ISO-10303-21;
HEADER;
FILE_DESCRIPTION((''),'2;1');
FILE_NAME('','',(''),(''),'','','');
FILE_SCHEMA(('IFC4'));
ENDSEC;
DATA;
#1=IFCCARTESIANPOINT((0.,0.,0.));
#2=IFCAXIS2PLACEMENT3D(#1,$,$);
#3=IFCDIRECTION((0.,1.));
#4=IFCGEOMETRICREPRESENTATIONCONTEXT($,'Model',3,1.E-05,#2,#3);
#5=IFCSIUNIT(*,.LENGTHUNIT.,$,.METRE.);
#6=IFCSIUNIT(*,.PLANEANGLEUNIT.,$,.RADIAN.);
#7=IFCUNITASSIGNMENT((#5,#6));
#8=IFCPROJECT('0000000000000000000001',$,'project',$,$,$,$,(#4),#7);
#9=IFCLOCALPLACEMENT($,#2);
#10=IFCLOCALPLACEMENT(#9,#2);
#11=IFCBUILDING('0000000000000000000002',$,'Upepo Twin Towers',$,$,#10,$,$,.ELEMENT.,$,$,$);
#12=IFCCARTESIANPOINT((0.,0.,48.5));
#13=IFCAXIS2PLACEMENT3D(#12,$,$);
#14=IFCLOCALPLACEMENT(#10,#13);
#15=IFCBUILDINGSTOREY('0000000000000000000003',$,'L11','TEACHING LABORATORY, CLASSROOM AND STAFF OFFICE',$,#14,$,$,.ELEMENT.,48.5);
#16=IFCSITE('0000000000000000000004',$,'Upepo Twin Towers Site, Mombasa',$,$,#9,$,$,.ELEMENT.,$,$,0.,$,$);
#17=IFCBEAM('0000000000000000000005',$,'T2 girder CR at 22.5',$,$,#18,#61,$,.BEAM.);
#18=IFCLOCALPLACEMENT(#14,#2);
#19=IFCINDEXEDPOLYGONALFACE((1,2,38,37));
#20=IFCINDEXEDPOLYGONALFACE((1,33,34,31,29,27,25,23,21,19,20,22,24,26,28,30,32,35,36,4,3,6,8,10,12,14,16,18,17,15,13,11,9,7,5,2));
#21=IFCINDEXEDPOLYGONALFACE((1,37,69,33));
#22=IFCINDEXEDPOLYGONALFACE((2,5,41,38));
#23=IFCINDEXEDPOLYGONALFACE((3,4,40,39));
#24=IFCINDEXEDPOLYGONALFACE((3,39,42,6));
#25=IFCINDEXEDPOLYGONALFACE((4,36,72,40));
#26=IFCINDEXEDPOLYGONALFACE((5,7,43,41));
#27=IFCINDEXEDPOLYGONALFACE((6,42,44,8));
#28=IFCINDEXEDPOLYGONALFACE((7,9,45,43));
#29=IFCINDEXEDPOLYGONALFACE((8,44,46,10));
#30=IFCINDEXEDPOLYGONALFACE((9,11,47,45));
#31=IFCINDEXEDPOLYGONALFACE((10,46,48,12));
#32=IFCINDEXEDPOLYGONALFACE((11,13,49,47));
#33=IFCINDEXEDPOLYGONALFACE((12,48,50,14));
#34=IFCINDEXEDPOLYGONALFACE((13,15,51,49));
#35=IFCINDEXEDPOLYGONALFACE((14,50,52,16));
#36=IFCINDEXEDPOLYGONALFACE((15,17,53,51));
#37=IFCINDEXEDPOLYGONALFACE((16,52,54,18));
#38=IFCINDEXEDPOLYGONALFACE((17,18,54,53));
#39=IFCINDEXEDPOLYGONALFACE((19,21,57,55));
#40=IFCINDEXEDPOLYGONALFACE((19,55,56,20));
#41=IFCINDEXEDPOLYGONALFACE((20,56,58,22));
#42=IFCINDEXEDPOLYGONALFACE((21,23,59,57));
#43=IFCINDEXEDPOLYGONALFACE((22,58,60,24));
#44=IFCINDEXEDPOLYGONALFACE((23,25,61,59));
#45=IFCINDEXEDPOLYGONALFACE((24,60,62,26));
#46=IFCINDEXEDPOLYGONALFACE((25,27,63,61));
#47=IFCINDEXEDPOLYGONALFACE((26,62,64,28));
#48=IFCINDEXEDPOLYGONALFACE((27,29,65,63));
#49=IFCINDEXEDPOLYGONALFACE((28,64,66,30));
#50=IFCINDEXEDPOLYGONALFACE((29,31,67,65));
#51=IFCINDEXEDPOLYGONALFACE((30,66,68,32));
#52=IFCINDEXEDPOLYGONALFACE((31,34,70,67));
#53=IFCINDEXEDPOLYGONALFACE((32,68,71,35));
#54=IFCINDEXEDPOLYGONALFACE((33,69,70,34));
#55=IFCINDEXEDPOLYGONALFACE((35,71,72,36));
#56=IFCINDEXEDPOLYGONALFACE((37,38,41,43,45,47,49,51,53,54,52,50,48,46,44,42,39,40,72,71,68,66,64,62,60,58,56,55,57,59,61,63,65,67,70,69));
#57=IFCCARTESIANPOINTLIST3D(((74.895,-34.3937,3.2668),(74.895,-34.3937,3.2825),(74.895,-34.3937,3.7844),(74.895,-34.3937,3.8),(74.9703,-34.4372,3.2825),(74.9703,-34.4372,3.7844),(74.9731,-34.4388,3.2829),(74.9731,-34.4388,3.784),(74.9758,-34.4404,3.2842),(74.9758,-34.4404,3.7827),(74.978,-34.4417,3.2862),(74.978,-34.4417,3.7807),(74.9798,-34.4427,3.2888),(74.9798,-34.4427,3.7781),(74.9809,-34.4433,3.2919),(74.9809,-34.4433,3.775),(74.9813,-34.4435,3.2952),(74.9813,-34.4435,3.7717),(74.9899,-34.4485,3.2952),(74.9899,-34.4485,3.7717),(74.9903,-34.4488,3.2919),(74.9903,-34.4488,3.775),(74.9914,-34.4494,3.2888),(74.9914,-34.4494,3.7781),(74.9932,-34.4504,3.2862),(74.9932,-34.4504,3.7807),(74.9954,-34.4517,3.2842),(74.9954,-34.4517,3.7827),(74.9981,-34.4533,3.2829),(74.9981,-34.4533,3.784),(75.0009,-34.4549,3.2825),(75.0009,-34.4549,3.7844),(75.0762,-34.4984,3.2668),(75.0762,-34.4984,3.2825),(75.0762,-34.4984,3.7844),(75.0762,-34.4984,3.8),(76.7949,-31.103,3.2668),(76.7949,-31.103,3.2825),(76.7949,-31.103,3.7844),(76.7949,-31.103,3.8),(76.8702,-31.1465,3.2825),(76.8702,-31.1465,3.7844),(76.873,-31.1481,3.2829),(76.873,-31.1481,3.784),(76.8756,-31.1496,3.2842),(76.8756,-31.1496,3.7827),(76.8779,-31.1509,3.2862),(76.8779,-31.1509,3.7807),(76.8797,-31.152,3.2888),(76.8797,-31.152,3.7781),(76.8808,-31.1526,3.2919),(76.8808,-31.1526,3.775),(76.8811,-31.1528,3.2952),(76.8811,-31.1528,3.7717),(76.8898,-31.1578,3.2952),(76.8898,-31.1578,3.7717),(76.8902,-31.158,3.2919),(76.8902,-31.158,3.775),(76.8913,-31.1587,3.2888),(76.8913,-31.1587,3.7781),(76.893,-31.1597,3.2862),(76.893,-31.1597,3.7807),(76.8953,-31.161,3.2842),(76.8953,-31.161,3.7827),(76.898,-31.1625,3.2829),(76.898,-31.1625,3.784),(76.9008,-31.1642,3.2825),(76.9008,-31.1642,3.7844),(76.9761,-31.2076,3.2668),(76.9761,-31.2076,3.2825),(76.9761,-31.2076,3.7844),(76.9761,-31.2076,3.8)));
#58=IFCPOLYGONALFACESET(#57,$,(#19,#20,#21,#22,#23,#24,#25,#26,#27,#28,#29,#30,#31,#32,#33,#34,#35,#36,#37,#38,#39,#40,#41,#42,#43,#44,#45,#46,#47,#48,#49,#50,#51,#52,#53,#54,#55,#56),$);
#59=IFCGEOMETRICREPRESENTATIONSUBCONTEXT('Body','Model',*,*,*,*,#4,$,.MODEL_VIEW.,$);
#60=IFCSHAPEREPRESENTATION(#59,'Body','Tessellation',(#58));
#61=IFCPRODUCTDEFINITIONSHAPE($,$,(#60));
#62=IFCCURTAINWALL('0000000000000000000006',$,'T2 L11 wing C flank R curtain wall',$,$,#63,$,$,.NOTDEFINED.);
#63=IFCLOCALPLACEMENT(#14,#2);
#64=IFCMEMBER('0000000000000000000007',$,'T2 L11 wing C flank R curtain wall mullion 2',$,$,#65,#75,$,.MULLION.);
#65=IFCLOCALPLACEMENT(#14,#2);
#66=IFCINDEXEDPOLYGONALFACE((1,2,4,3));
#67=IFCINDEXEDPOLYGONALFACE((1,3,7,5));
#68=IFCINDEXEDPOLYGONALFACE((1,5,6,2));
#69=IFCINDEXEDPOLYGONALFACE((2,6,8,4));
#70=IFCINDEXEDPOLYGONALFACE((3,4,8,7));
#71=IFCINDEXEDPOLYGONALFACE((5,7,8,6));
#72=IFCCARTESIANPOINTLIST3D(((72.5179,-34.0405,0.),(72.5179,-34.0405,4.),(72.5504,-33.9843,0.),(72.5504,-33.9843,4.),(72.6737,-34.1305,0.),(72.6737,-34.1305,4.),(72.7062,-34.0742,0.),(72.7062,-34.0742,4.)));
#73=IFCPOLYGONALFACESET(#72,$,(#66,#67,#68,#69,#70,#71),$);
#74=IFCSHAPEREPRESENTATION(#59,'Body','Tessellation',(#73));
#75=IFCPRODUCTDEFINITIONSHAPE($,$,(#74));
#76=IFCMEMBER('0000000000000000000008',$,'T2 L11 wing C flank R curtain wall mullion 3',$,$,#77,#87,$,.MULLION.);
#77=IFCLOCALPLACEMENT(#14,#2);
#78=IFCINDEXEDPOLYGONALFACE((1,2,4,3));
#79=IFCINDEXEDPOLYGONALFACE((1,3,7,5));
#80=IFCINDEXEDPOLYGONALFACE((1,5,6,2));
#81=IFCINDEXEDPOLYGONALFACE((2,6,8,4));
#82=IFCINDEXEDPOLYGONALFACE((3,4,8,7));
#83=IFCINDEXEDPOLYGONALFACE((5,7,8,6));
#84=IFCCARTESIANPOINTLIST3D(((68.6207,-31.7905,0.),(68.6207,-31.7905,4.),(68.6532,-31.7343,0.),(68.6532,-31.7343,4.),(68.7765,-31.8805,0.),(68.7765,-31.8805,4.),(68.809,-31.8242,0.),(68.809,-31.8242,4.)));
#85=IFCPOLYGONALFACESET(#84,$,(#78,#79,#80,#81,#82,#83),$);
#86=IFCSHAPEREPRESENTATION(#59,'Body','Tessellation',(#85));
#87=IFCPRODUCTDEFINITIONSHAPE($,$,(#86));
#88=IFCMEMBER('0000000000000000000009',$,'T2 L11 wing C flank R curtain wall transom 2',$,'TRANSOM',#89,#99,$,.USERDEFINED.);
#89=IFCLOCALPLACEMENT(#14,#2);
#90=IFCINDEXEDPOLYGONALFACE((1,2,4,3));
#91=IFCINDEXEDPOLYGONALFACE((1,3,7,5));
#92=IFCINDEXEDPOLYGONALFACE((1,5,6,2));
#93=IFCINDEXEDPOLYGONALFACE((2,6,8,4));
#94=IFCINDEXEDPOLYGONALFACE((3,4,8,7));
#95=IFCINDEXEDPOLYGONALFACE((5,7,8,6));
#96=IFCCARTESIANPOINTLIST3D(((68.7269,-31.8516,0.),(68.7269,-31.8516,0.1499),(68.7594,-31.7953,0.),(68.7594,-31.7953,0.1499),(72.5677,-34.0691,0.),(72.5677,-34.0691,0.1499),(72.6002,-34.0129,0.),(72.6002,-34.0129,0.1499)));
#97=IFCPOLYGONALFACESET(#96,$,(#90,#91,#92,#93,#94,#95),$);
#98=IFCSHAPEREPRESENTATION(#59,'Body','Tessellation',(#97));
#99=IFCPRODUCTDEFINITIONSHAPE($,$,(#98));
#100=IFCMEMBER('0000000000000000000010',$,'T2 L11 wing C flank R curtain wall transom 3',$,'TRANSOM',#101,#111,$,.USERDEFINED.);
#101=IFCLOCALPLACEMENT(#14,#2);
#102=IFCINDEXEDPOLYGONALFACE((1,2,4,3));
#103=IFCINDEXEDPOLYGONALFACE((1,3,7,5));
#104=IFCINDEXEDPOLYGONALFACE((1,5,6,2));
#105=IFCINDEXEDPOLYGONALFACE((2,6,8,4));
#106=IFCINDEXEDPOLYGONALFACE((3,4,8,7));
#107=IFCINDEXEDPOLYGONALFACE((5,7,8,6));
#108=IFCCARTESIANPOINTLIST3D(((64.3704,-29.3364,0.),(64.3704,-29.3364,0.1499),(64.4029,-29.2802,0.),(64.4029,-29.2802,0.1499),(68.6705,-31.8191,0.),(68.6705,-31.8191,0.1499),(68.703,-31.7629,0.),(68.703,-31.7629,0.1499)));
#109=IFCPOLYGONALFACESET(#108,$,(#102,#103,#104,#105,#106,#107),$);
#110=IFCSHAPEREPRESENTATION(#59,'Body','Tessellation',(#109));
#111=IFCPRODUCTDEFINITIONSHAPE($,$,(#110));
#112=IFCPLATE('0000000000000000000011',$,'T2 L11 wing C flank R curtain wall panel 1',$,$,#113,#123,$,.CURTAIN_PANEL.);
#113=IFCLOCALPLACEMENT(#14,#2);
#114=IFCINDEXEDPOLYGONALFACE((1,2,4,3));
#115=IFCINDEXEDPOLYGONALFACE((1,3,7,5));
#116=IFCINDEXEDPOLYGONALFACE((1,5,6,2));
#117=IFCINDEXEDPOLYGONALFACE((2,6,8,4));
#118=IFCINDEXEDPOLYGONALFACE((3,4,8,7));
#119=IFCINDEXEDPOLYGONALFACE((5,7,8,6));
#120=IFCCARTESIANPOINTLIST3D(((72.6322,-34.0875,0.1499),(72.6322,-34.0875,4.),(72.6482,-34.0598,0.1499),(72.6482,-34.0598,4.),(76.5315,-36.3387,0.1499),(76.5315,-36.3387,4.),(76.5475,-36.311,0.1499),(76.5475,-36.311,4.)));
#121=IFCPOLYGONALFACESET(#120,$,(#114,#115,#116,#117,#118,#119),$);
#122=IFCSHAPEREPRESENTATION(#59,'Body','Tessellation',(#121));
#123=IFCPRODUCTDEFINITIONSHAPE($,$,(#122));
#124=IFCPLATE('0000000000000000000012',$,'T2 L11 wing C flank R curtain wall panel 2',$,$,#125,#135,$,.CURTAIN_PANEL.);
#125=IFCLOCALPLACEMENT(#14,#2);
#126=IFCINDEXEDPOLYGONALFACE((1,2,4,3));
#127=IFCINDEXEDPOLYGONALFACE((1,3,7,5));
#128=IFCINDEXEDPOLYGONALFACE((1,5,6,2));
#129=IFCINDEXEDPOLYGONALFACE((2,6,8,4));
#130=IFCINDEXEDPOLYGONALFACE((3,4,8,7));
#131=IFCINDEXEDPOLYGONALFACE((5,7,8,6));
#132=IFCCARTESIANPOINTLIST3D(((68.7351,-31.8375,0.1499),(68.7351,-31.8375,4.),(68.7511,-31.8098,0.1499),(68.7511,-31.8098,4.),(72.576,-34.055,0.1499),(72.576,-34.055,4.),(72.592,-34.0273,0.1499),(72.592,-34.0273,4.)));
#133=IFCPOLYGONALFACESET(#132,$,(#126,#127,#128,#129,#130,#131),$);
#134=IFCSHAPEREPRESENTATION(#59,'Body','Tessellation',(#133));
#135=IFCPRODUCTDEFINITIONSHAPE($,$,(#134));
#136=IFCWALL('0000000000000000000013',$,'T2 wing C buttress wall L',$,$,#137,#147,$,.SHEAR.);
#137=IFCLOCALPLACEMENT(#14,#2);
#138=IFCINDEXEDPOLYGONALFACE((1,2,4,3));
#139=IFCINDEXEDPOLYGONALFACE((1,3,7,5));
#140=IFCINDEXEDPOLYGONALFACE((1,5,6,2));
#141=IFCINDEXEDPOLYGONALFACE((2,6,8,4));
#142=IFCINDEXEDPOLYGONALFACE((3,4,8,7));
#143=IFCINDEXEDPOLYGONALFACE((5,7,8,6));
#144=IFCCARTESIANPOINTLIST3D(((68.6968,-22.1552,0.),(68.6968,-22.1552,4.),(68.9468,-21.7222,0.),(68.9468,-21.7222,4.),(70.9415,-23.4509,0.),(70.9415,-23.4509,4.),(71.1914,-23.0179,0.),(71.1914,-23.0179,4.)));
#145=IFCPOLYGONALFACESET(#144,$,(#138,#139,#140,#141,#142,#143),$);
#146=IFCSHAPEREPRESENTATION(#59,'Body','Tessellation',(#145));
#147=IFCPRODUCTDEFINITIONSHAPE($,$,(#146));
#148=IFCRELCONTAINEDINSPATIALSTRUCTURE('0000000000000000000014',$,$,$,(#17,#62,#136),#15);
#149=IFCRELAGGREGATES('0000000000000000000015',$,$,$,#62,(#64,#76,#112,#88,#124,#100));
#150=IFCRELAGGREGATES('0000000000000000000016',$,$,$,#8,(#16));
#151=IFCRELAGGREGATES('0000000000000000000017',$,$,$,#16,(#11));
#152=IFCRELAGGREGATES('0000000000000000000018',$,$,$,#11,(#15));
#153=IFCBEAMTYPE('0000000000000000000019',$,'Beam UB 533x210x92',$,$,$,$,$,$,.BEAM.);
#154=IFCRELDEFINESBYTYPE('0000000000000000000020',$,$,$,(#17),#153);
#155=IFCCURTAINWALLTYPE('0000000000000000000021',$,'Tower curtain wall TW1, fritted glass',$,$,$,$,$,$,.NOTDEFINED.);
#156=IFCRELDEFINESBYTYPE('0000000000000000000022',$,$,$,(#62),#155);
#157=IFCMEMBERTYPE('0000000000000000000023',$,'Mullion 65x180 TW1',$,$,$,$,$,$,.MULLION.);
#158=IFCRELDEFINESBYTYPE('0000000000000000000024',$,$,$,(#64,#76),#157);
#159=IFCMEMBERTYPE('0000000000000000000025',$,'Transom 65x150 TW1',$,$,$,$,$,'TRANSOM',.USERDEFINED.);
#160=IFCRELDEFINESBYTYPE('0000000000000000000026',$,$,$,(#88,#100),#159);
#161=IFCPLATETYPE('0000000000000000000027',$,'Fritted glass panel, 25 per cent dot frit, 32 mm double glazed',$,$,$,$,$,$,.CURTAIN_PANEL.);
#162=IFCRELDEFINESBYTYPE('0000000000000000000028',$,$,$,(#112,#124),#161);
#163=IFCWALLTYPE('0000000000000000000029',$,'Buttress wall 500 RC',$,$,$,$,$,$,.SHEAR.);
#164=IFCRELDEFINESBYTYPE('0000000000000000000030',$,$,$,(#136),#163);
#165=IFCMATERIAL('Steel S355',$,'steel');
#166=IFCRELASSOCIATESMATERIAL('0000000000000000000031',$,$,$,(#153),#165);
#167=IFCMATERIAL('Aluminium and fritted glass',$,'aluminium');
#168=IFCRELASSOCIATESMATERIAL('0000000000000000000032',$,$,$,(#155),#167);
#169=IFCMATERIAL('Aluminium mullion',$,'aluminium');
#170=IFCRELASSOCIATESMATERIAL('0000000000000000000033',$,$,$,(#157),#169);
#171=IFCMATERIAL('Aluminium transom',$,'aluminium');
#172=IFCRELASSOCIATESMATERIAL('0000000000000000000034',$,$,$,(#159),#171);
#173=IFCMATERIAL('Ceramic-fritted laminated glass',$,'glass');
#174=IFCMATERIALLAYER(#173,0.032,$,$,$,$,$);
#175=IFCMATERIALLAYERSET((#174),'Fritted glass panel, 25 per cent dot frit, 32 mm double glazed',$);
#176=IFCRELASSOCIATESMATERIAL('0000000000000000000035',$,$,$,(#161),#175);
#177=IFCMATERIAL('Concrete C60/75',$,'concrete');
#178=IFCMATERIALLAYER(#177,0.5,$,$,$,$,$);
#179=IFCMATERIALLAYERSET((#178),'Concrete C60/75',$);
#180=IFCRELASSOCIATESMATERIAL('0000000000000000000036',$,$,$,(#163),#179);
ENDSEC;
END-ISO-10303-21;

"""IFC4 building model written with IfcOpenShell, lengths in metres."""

from ifc_helpers import new_model, si_unit, direction, frame, frame_2d, origin, origin_2d, place, context, subcontext, project, spatial, rectangle, i_section, extrude, material, layer, layer_set, material_profile, profile_set, type_object, element, aggregate, save


model = new_model("IFC4")

# Units and contexts
model_context = context("Model", 3, precision=1e-05, world=origin(), true_north=direction((0.0, 1.0)))
body_context = subcontext(model_context, "Body", "Model", "MODEL_VIEW")
ifc_project = project(units=[si_unit("LENGTHUNIT", "METRE"), si_unit("PLANEANGLEUNIT", "RADIAN")], contexts=[model_context])

# Site, building, storey
site_placement = place(None, origin())
site = spatial("IfcSite", under=ifc_project, at=site_placement, Name="Upepo Twin Towers Site, Mombasa", CompositionType="ELEMENT", RefElevation=0.0)
building_placement = place(site_placement, origin())
building = spatial("IfcBuilding", under=site, at=building_placement, Name="Upepo Twin Towers", CompositionType="ELEMENT")
storey_placement = place(building_placement, frame((0.0, 0.0, 48.5)))
storey = spatial("IfcBuildingStorey", under=building, at=storey_placement, Name="L11", Description="TEACHING LABORATORY, CLASSROOM AND STAFF OFFICE", CompositionType="ELEMENT", Elevation=48.5)

# Beam
ifc_material_1 = material(Name="Steel S355", Category="steel")
ifc_material_profile_1 = material_profile(ifc_material_1, i_section(OverallWidth=0.2092, OverallDepth=0.5332, WebThickness=0.01, FlangeThickness=0.0156, FilletRadius=0.0127, at=origin_2d()), Name="UB 533x210x92")
ifc_profile_set_1 = profile_set([ifc_material_profile_1], Name="Steel S355")
beam_type_1 = type_object("IfcBeamType", Name="Beam UB 533x210x92", PredefinedType="BEAM", material=ifc_profile_set_1)
beam_1_placement = place(storey_placement, frame((74.9856, -34.446, 3.5334), z_axis=(0.499995, 0.866028, 0.0), x_axis=(-0.866028, 0.499995, 0.0)))
element("IfcBeam", 1, at=beam_1_placement, inside=storey, type_object=beam_type_1, Name="T2 girder CR at 22.5", PredefinedType="BEAM", context=body_context, shape_type="SweptSolid", body=[
    extrude(i_section(OverallWidth=0.2092, OverallDepth=0.5332, WebThickness=0.01, FlangeThickness=0.0156, FilletRadius=0.0127, at=origin_2d()), origin(), (0.0, 0.0, 1.0), 3.7998),
])

# Curtain wall, members, plates
ifc_material_2 = material(Name="Aluminium and fritted glass", Category="aluminium")
curtain_wall_type = type_object("IfcCurtainWallType", Name="Tower curtain wall TW1, fritted glass", PredefinedType="NOTDEFINED", material=ifc_material_2)
curtain_wall_placement = place(storey_placement, origin())
curtain_wall = element("IfcCurtainWall", 2, at=curtain_wall_placement, inside=storey, type_object=curtain_wall_type, Name="T2 L11 wing C flank R curtain wall", PredefinedType="NOTDEFINED")
ifc_material_3 = material(Name="Aluminium mullion", Category="aluminium")
ifc_material_profile_2 = material_profile(ifc_material_3, rectangle(XDim=0.0649, YDim=0.1799, at=origin_2d()), Name="MULLION 65x180")
ifc_profile_set_2 = profile_set([ifc_material_profile_2], Name="Aluminium mullion")
member_type_1 = type_object("IfcMemberType", Name="Mullion 65x180 TW1", PredefinedType="MULLION", material=ifc_profile_set_2)
member_1_placement = place(storey_placement, frame((72.6121, -34.0574, 0.0), z_axis=(0.0, 0.0, 1.0), x_axis=(-0.5, -0.866025, 0.0)))
member_1 = element("IfcMember", 3, at=member_1_placement, type_object=member_type_1, Name="T2 L11 wing C flank R curtain wall mullion 2", PredefinedType="MULLION", context=body_context, shape_type="SweptSolid", body=[
    extrude(rectangle(XDim=0.0649, YDim=0.1799, at=origin_2d()), origin(), (0.0, 0.0, 1.0), 4.0),
])
member_2_placement = place(storey_placement, frame((68.7148, -31.8074, 0.0), z_axis=(0.0, 0.0, 1.0), x_axis=(-0.5, -0.866025, 0.0)))
member_2 = element("IfcMember", 4, at=member_2_placement, type_object=member_type_1, Name="T2 L11 wing C flank R curtain wall mullion 3", PredefinedType="MULLION", context=body_context, shape_type="SweptSolid", body=[
    extrude(rectangle(XDim=0.0649, YDim=0.1799, at=origin_2d()), origin(), (0.0, 0.0, 1.0), 4.0),
])
ifc_material_4 = material(Name="Aluminium transom", Category="aluminium")
ifc_material_profile_3 = material_profile(ifc_material_4, rectangle(XDim=0.0649, YDim=0.1499, at=origin_2d()), Name="TRANSOM 65x150")
ifc_profile_set_3 = profile_set([ifc_material_profile_3], Name="Aluminium transom")
member_type_2 = type_object("IfcMemberType", Name="Transom 65x150 TW1", ElementType="TRANSOM", PredefinedType="USERDEFINED", material=ifc_profile_set_3)
member_3_placement = place(storey_placement, frame((72.584, -34.041, 0.075), z_axis=(-0.866022, 0.500005, 0.0), x_axis=(-0.500005, -0.866022, 0.0)))
member_3 = element("IfcMember", 5, at=member_3_placement, type_object=member_type_2, Name="T2 L11 wing C flank R curtain wall transom 2", ObjectType="TRANSOM", PredefinedType="USERDEFINED", context=body_context, shape_type="SweptSolid", body=[
    extrude(rectangle(XDim=0.0649, YDim=0.1499, at=origin_2d()), origin(), (0.0, 0.0, 1.0), 4.4351),
])
member_4_placement = place(storey_placement, frame((68.6868, -31.791, 0.075), z_axis=(-0.866023, 0.500005, 0.0), x_axis=(-0.500005, -0.866023, 0.0)))
member_4 = element("IfcMember", 6, at=member_4_placement, type_object=member_type_2, Name="T2 L11 wing C flank R curtain wall transom 3", ObjectType="TRANSOM", PredefinedType="USERDEFINED", context=body_context, shape_type="SweptSolid", body=[
    extrude(rectangle(XDim=0.0649, YDim=0.1499, at=origin_2d()), origin(), (0.0, 0.0, 1.0), 4.9653),
])
ifc_material_5 = material(Name="Ceramic-fritted laminated glass", Category="glass")
ifc_layer_1 = layer(ifc_material_5, 0.032)
ifc_layer_set_1 = layer_set([ifc_layer_1], Name="Fritted glass panel, 25 per cent dot frit, 32 mm double glazed")
plate_type = type_object("IfcPlateType", Name="Fritted glass panel, 25 per cent dot frit, 32 mm double glazed", PredefinedType="CURTAIN_PANEL", material=ifc_layer_set_1)
plate_1_placement = place(storey_placement, frame((74.5898, -35.1992, 0.1499), z_axis=(0.0, 0.0, 1.0), x_axis=(-0.866025, 0.5, 0.0)))
plate_1 = element("IfcPlate", 7, at=plate_1_placement, type_object=plate_type, Name="T2 L11 wing C flank R curtain wall panel 1", PredefinedType="CURTAIN_PANEL", context=body_context, shape_type="SweptSolid", body=[
    extrude(rectangle(XDim=4.5024, YDim=0.032, at=origin_2d()), origin(), (0.0, 0.0, 1.0), 3.8501),
])
plate_2_placement = place(storey_placement, frame((70.6636, -32.9324, 0.1499), z_axis=(0.0, 0.0, 1.0), x_axis=(-0.866025, 0.5, 0.0)))
plate_2 = element("IfcPlate", 8, at=plate_2_placement, type_object=plate_type, Name="T2 L11 wing C flank R curtain wall panel 2", PredefinedType="CURTAIN_PANEL", context=body_context, shape_type="SweptSolid", body=[
    extrude(rectangle(XDim=4.4351, YDim=0.032, at=origin_2d()), origin(), (0.0, 0.0, 1.0), 3.8501),
])
aggregate(curtain_wall, [member_1, member_2, plate_1, member_3, plate_2, member_4])

# Wall
ifc_material_6 = material(Name="Concrete C60/75", Category="concrete")
ifc_layer_2 = layer(ifc_material_6, 0.5)
ifc_layer_set_2 = layer_set([ifc_layer_2], Name="Concrete C60/75")
wall_type_1 = type_object("IfcWallType", Name="Buttress wall 500 RC", PredefinedType="SHEAR", material=ifc_layer_set_2)
wall_1_placement = place(storey_placement, frame((68.8218, -21.9387, 0.0), z_axis=(0.0, 0.0, 1.0), x_axis=(0.866073, -0.499918, 0.0)))
element("IfcWall", 9, at=wall_1_placement, inside=storey, type_object=wall_type_1, Name="T2 wing C buttress wall L", PredefinedType="SHEAR", context=body_context, shape_type="SweptSolid", body=[
    extrude(rectangle(XDim=2.5918, YDim=0.5, at=frame_2d((1.2959, 0.0))), origin(), (0.0, 0.0, 1.0), 4.0),
])

save(model, "model.ifc")
